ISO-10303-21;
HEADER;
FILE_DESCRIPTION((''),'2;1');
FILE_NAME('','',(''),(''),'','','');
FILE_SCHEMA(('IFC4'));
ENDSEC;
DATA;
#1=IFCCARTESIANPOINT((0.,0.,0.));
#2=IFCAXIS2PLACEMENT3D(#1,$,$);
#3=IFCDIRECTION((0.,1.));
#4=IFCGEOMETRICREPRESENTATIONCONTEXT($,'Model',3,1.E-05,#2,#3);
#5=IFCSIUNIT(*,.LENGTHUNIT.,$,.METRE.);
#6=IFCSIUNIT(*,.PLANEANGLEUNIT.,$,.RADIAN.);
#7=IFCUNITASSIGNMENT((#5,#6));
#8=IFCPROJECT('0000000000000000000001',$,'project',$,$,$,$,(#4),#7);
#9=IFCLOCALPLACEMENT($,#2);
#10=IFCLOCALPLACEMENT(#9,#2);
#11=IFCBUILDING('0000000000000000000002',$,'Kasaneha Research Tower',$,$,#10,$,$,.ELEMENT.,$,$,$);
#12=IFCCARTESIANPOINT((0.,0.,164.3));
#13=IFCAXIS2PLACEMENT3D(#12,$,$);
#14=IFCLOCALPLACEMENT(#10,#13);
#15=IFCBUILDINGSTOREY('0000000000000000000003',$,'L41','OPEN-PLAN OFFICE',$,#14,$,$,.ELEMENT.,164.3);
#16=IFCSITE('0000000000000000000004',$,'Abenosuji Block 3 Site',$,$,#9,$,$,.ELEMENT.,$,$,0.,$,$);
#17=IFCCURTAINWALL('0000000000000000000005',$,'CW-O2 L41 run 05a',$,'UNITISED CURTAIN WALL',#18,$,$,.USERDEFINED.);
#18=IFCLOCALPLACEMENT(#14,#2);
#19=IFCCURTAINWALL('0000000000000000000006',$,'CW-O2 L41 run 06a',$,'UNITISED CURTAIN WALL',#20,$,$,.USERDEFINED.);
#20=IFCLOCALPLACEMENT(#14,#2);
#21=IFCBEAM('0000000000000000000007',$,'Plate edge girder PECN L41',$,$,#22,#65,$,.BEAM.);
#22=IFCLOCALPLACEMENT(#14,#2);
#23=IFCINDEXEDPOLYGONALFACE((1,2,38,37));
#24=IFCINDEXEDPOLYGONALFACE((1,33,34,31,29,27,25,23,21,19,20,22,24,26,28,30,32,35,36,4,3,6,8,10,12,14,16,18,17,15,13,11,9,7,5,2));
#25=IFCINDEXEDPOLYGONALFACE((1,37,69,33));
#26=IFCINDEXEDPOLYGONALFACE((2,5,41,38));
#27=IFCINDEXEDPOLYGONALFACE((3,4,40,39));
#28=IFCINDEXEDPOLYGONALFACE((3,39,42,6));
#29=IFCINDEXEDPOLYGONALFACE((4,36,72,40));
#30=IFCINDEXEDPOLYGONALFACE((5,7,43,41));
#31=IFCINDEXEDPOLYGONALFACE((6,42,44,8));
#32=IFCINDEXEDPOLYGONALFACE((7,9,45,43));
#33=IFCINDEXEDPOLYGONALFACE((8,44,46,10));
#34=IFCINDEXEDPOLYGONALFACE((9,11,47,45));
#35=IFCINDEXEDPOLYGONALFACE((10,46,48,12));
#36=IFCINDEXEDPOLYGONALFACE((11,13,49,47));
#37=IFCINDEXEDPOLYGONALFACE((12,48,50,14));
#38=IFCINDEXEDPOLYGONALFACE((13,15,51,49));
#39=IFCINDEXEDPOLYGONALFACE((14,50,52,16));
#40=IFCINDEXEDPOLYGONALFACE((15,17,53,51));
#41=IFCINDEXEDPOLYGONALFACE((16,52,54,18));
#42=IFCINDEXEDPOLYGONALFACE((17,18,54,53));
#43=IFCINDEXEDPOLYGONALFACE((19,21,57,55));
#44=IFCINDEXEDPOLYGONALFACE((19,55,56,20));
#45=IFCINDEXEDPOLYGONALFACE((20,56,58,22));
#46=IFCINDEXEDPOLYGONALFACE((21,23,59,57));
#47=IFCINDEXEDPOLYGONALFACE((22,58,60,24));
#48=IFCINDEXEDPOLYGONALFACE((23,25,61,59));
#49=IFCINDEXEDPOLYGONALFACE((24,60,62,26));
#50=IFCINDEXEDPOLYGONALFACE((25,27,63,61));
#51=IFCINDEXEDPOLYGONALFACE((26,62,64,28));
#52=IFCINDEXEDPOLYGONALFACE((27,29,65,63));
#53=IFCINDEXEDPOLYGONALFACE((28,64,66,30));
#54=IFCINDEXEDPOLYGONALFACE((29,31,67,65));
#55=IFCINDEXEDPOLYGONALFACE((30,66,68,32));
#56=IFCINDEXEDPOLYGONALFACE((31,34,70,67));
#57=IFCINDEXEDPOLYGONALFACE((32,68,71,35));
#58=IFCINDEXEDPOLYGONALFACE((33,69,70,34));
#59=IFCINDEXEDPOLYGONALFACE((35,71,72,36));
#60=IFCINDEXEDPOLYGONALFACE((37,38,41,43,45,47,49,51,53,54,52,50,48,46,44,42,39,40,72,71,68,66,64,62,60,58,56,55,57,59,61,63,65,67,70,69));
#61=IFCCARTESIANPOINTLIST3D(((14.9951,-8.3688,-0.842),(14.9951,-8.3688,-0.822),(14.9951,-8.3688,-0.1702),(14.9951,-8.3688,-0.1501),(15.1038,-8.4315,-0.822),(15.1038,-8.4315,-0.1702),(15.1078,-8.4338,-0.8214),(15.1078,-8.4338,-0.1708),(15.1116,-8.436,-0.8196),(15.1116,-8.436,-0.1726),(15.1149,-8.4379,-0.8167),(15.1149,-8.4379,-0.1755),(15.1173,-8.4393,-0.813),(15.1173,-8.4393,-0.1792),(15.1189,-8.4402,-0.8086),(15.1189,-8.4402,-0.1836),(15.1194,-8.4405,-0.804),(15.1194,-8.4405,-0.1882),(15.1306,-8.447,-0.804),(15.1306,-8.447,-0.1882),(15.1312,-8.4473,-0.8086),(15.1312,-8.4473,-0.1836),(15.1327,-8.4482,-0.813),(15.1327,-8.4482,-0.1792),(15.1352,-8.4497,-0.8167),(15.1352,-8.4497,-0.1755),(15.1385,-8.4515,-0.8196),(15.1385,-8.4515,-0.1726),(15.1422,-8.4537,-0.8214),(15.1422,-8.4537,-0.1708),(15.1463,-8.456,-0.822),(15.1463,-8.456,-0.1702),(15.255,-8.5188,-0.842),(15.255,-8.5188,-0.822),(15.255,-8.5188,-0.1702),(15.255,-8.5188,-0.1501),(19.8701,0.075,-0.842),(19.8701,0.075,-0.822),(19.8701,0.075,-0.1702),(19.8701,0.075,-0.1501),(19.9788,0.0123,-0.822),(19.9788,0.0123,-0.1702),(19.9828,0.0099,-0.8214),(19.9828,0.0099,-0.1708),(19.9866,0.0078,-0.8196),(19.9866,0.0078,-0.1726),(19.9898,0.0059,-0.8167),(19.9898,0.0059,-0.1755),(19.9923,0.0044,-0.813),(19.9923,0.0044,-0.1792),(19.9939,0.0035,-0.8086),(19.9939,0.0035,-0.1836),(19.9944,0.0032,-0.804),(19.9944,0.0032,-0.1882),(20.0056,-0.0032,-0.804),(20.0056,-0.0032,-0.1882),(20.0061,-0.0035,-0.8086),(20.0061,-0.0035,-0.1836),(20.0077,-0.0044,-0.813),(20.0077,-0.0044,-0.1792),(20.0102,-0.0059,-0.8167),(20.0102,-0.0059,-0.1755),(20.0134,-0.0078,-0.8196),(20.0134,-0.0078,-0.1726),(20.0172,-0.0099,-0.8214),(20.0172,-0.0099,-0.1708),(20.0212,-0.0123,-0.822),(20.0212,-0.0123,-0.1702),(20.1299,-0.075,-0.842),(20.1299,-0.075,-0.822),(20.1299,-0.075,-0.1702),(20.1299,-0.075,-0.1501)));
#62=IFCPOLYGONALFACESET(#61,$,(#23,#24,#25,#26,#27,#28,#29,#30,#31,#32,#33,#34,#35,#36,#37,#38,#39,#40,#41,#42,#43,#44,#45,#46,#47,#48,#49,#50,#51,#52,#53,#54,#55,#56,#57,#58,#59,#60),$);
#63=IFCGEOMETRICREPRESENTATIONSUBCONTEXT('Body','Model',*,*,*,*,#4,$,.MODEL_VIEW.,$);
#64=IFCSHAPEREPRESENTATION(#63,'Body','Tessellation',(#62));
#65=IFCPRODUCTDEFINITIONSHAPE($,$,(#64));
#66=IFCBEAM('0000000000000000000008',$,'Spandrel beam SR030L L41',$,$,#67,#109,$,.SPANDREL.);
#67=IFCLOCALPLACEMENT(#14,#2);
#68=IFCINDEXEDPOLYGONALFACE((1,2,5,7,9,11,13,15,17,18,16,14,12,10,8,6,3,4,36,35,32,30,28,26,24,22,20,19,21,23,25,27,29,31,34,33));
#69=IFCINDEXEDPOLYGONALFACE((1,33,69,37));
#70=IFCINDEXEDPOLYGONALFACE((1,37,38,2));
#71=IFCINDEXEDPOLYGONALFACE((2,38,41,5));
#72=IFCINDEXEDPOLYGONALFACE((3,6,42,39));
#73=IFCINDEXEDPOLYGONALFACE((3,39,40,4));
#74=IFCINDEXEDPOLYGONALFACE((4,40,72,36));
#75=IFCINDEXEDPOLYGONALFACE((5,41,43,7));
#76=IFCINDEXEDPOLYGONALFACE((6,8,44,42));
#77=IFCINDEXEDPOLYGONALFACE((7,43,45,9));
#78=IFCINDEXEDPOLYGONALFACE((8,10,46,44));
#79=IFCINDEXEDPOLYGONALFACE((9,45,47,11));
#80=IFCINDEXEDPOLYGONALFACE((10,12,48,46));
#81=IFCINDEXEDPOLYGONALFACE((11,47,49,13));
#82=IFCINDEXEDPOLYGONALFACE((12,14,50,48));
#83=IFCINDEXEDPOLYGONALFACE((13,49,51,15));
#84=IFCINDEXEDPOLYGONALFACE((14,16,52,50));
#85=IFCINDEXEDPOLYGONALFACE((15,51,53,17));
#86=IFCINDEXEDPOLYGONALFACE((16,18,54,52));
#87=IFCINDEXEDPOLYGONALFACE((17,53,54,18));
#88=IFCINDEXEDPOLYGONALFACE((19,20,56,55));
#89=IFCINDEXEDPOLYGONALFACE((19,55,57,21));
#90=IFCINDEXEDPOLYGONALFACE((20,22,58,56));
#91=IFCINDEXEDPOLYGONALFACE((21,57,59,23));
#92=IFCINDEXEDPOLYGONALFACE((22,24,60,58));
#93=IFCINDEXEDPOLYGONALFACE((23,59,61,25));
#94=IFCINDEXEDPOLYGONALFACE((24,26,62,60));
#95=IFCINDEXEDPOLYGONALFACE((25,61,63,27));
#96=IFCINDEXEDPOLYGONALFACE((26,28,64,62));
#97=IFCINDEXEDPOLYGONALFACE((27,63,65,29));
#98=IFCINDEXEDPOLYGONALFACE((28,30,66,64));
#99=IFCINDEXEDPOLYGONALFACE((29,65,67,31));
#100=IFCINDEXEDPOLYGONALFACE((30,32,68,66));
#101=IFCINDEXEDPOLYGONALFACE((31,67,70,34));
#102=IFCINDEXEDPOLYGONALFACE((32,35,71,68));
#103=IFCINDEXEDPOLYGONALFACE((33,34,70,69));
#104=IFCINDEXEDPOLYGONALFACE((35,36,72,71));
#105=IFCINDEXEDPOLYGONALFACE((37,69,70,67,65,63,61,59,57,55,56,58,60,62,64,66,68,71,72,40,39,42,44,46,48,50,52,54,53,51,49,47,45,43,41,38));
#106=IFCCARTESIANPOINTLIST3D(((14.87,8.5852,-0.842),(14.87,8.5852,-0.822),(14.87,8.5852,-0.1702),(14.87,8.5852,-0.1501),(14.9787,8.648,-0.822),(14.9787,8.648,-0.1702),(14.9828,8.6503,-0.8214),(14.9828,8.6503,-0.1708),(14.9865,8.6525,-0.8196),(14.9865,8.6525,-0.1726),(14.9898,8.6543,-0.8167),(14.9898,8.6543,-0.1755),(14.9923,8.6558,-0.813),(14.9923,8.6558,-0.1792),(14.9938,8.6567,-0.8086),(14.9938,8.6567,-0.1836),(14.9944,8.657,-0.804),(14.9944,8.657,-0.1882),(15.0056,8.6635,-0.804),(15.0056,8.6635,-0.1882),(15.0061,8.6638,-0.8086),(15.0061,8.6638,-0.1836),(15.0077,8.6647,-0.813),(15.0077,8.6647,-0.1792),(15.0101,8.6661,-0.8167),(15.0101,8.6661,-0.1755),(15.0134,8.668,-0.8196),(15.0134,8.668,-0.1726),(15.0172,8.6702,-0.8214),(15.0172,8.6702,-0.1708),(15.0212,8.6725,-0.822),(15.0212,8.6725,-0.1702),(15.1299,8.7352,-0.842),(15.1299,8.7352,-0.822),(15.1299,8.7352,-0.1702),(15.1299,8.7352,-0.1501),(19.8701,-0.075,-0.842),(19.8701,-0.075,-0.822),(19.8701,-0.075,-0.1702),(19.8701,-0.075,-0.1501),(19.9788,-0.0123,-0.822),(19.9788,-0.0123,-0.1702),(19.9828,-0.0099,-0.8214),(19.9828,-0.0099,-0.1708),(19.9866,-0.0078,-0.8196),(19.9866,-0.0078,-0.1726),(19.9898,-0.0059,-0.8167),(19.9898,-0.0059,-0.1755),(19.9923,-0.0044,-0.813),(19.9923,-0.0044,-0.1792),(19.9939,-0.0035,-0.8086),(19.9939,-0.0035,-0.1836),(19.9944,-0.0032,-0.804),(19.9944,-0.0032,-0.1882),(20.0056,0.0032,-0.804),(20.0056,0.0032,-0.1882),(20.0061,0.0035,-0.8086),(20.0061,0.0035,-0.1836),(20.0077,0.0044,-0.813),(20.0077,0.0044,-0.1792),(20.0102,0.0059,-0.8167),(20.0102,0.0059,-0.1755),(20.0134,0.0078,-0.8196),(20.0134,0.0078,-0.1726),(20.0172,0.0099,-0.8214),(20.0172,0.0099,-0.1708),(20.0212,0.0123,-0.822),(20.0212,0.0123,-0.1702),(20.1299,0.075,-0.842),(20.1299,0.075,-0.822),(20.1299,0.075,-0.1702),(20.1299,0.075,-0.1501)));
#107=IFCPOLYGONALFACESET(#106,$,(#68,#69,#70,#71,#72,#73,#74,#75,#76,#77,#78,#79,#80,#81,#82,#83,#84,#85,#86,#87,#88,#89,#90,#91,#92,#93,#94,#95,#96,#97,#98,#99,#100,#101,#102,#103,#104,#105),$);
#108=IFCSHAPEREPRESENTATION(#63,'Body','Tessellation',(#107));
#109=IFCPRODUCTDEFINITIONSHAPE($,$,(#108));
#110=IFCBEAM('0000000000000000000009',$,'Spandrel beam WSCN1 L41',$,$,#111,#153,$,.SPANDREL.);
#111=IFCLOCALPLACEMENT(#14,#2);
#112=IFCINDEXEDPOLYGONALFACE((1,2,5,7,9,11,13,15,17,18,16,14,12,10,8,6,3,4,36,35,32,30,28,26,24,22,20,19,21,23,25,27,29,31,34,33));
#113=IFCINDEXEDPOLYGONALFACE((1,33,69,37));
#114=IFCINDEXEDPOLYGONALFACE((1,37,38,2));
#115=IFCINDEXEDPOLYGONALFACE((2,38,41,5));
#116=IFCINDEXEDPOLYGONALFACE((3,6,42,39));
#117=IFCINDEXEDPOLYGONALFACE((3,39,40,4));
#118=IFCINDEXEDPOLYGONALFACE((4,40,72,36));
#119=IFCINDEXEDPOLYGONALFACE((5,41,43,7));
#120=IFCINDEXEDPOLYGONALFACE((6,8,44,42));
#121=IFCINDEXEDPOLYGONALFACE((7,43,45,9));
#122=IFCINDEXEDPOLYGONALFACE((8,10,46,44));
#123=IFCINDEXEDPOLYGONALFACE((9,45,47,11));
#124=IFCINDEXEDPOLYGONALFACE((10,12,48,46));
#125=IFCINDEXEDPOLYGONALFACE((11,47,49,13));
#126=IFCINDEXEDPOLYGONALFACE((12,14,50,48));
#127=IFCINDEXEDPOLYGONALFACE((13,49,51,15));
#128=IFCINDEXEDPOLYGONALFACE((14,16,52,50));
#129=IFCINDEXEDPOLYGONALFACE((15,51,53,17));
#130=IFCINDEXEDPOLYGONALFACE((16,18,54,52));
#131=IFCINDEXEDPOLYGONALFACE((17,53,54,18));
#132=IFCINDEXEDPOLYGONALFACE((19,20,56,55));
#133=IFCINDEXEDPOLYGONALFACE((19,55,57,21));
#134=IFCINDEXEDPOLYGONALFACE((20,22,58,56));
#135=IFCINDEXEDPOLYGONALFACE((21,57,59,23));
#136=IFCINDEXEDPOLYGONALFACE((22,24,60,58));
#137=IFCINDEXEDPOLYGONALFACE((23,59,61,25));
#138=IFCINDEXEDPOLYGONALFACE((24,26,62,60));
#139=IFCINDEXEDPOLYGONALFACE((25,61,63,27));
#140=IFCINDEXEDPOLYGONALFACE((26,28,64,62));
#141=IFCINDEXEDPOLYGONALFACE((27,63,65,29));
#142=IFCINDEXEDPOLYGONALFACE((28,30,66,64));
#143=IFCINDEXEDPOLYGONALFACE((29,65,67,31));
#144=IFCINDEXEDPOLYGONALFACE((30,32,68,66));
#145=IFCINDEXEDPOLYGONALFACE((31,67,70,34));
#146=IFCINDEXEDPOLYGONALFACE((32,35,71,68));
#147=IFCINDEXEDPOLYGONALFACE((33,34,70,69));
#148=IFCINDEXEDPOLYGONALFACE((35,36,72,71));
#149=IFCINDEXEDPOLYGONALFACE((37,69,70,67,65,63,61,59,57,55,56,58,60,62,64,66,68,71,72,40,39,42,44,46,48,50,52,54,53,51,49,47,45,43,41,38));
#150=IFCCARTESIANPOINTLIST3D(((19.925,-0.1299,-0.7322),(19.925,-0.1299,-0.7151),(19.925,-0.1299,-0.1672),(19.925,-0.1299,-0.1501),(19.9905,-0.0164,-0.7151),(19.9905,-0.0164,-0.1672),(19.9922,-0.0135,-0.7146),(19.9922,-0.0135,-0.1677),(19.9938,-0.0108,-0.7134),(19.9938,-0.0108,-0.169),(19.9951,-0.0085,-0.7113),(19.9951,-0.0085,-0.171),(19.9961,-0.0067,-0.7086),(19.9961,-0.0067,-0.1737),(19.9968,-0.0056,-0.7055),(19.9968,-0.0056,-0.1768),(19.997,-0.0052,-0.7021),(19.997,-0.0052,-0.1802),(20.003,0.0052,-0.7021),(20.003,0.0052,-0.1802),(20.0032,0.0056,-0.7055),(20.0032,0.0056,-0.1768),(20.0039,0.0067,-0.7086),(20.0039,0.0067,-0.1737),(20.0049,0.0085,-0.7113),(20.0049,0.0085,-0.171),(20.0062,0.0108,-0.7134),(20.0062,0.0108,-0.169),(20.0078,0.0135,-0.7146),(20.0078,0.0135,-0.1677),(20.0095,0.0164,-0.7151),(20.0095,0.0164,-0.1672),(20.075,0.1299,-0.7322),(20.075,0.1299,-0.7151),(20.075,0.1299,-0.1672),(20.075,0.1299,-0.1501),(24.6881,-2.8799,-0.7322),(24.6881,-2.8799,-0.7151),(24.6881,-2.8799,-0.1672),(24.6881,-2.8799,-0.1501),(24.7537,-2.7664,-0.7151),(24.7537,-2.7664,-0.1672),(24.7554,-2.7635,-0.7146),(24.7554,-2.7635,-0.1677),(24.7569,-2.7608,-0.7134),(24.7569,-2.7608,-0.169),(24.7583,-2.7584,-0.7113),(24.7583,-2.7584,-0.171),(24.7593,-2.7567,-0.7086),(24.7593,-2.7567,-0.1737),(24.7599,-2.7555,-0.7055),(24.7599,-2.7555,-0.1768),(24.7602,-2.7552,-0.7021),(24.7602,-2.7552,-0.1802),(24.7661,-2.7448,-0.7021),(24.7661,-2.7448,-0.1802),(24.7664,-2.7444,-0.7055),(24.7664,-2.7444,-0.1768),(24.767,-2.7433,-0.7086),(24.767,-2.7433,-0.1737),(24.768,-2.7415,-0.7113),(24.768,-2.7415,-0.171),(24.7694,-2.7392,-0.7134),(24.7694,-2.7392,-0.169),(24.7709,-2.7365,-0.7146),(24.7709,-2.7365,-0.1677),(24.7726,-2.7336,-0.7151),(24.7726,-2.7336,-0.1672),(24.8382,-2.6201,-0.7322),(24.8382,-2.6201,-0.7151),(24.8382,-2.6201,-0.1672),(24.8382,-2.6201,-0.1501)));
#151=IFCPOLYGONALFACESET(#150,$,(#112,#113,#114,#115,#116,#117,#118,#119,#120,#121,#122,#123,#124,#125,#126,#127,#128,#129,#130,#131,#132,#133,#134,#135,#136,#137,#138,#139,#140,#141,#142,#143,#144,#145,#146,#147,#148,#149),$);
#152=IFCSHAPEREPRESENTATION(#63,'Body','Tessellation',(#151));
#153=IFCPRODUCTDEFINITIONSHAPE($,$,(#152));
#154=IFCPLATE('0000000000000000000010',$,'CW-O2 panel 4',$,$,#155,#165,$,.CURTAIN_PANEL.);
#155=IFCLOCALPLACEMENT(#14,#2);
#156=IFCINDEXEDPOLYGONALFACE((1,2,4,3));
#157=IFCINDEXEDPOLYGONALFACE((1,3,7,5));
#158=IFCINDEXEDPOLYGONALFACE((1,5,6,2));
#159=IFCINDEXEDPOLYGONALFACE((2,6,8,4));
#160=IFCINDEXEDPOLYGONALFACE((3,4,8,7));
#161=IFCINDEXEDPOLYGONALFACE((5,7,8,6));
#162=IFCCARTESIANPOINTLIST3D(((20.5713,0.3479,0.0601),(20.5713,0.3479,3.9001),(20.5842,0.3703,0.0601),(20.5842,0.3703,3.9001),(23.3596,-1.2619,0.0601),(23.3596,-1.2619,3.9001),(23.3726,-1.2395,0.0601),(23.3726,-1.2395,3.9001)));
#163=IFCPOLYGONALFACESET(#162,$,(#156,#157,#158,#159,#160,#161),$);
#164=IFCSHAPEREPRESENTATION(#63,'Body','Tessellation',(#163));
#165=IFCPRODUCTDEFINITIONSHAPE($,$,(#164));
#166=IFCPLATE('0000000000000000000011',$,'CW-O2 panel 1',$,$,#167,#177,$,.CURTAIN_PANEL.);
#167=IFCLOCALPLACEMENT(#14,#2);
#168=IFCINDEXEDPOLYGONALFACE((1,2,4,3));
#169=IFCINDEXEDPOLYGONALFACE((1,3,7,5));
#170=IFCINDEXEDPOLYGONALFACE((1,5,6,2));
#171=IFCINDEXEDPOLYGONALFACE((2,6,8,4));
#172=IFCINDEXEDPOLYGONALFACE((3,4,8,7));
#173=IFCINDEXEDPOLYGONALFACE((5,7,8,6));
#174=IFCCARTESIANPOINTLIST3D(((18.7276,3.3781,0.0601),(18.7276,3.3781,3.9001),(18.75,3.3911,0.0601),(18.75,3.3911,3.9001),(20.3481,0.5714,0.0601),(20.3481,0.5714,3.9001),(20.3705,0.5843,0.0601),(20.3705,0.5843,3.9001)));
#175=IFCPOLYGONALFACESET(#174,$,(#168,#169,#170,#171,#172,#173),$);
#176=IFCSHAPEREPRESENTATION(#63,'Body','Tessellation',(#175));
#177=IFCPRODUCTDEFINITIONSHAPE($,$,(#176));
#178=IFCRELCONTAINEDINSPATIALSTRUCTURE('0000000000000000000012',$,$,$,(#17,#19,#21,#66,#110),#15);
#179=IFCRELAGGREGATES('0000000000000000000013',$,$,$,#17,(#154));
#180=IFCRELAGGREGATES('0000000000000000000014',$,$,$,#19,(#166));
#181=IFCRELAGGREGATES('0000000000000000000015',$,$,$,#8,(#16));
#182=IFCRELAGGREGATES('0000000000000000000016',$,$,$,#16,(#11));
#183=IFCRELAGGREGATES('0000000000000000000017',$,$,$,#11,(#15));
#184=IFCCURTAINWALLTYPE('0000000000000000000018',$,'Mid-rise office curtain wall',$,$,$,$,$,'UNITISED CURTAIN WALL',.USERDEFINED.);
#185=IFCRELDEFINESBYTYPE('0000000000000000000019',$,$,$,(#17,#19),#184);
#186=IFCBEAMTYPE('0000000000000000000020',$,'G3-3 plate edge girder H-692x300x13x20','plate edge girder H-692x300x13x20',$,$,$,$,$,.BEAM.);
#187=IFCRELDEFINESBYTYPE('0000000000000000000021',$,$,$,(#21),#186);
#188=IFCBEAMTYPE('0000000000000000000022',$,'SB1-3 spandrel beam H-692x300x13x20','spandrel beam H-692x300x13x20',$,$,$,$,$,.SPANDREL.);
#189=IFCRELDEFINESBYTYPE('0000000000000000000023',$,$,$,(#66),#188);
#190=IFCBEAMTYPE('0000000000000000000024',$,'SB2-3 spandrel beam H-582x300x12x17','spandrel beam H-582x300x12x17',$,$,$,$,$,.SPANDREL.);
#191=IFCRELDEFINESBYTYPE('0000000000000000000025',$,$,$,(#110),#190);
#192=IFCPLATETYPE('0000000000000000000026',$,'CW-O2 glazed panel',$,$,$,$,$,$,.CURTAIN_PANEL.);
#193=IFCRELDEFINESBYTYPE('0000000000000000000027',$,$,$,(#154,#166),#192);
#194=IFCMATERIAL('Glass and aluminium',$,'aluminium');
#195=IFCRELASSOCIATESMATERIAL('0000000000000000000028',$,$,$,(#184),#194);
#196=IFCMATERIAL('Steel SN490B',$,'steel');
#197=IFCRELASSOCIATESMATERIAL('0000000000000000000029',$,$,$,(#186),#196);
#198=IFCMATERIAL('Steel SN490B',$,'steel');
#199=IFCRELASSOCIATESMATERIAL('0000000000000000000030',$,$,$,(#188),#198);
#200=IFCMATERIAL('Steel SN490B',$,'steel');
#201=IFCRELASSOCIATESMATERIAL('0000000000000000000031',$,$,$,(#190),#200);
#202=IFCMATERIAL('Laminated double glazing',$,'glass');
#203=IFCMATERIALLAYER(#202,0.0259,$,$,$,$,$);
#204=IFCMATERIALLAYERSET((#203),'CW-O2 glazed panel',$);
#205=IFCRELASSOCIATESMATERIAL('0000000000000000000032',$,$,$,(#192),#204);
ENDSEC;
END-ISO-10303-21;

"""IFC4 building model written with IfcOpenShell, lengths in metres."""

from ifc_helpers import new_model, si_unit, direction, frame, origin, origin_2d, place, context, subcontext, project, spatial, rectangle, i_section, extrude, material, layer, layer_set, material_profile, profile_set, type_object, element, aggregate, save


model = new_model("IFC4")

# Units and contexts
model_context = context("Model", 3, precision=1e-05, world=origin(), true_north=direction((0.0, 1.0)))
body_context = subcontext(model_context, "Body", "Model", "MODEL_VIEW")
ifc_project = project(units=[si_unit("LENGTHUNIT", "METRE"), si_unit("PLANEANGLEUNIT", "RADIAN")], contexts=[model_context])

# Site, building, storey
site_placement = place(None, origin())
site = spatial("IfcSite", under=ifc_project, at=site_placement, Name="Abenosuji Block 3 Site", CompositionType="ELEMENT", RefElevation=0.0)
building_placement = place(site_placement, origin())
building = spatial("IfcBuilding", under=site, at=building_placement, Name="Kasaneha Research Tower", CompositionType="ELEMENT")
storey_placement = place(building_placement, frame((0.0, 0.0, 164.3)))
storey = spatial("IfcBuildingStorey", under=building, at=storey_placement, Name="L41", Description="OPEN-PLAN OFFICE", CompositionType="ELEMENT", Elevation=164.3)

# Curtain walls
ifc_material_1 = material(Name="Glass and aluminium", Category="aluminium")
curtain_wall_type = type_object("IfcCurtainWallType", Name="Mid-rise office curtain wall", ElementType="UNITISED CURTAIN WALL", PredefinedType="USERDEFINED", material=ifc_material_1)
curtain_wall_1_placement = place(storey_placement, origin())
curtain_wall_1 = element("IfcCurtainWall", 1, at=curtain_wall_1_placement, inside=storey, type_object=curtain_wall_type, Name="CW-O2 L41 run 05a", ObjectType="UNITISED CURTAIN WALL", PredefinedType="USERDEFINED")
curtain_wall_2_placement = place(storey_placement, origin())
curtain_wall_2 = element("IfcCurtainWall", 2, at=curtain_wall_2_placement, inside=storey, type_object=curtain_wall_type, Name="CW-O2 L41 run 06a", ObjectType="UNITISED CURTAIN WALL", PredefinedType="USERDEFINED")

# Beams
ifc_material_2 = material(Name="Steel SN490B", Category="steel")
ifc_material_profile_1 = material_profile(ifc_material_2, i_section(OverallWidth=0.3, OverallDepth=0.6919, WebThickness=0.0129, FlangeThickness=0.02, FilletRadius=0.0181, at=origin_2d()), Name="H-692x300x13x20")
ifc_profile_set_1 = profile_set([ifc_material_profile_1], Name="Steel SN490B")
beam_type_1 = type_object("IfcBeamType", Name="G3-3 plate edge girder H-692x300x13x20", Description="plate edge girder H-692x300x13x20", PredefinedType="BEAM", material=ifc_profile_set_1)
beam_1_placement = place(storey_placement, frame((20.0, 0.0, -0.4961), z_axis=(-0.499996, -0.866028, 0.0), x_axis=(0.866028, -0.499996, 0.0)))
element("IfcBeam", 3, at=beam_1_placement, inside=storey, type_object=beam_type_1, Name="Plate edge girder PECN L41", PredefinedType="BEAM", context=body_context, shape_type="SweptSolid", body=[
    extrude(i_section(OverallWidth=0.3, OverallDepth=0.6919, WebThickness=0.0129, FlangeThickness=0.02, FilletRadius=0.0181, at=origin_2d()), origin(), (0.0, 0.0, 1.0), 9.75),
])
ifc_material_3 = material(Name="Steel SN490B", Category="steel")
ifc_material_profile_2 = material_profile(ifc_material_3, i_section(OverallWidth=0.3, OverallDepth=0.6919, WebThickness=0.0129, FlangeThickness=0.02, FilletRadius=0.0181, at=origin_2d()), Name="H-692x300x13x20")
ifc_profile_set_2 = profile_set([ifc_material_profile_2], Name="Steel SN490B")
beam_type_2 = type_object("IfcBeamType", Name="SB1-3 spandrel beam H-692x300x13x20", Description="spandrel beam H-692x300x13x20", PredefinedType="SPANDREL", material=ifc_profile_set_2)
beam_2_placement = place(storey_placement, frame((20.0, 0.0, -0.4961), z_axis=(-0.500004, 0.866023, 0.0), x_axis=(-0.866023, -0.500004, 0.0)))
element("IfcBeam", 4, at=beam_2_placement, inside=storey, type_object=beam_type_2, Name="Spandrel beam SR030L L41", PredefinedType="SPANDREL", context=body_context, shape_type="SweptSolid", body=[
    extrude(i_section(OverallWidth=0.3, OverallDepth=0.6919, WebThickness=0.0129, FlangeThickness=0.02, FilletRadius=0.0181, at=origin_2d()), origin(), (0.0, 0.0, 1.0), 10.0),
])
ifc_material_4 = material(Name="Steel SN490B", Category="steel")
ifc_material_profile_3 = material_profile(ifc_material_4, i_section(OverallWidth=0.3, OverallDepth=0.582, WebThickness=0.012, FlangeThickness=0.0171, FilletRadius=0.0129, at=origin_2d()), Name="H-582x300x12x17")
ifc_profile_set_3 = profile_set([ifc_material_profile_3], Name="Steel SN490B")
beam_type_3 = type_object("IfcBeamType", Name="SB2-3 spandrel beam H-582x300x12x17", Description="spandrel beam H-582x300x12x17", PredefinedType="SPANDREL", material=ifc_profile_set_3)
beam_3_placement = place(storey_placement, frame((20.0, 0.0, -0.4412), z_axis=(0.866027, -0.499997, 0.0), x_axis=(0.499997, 0.866027, 0.0)))
element("IfcBeam", 5, at=beam_3_placement, inside=storey, type_object=beam_type_3, Name="Spandrel beam WSCN1 L41", PredefinedType="SPANDREL", context=body_context, shape_type="SweptSolid", body=[
    extrude(i_section(OverallWidth=0.3, OverallDepth=0.582, WebThickness=0.012, FlangeThickness=0.0171, FilletRadius=0.0129, at=origin_2d()), origin(), (0.0, 0.0, 1.0), 5.5),
])

# Plates
ifc_material_5 = material(Name="Laminated double glazing", Category="glass")
ifc_layer = layer(ifc_material_5, 0.0259)
ifc_layer_set = layer_set([ifc_layer], Name="CW-O2 glazed panel")
plate_type = type_object("IfcPlateType", Name="CW-O2 glazed panel", PredefinedType="CURTAIN_PANEL", material=ifc_layer_set)
plate_1_placement = place(storey_placement, frame((21.9719, -0.4458, 0.0601), z_axis=(0.0, 0.0, 1.0), x_axis=(-0.866025, 0.5, 0.0)))
plate_1 = element("IfcPlate", 6, at=plate_1_placement, type_object=plate_type, Name="CW-O2 panel 4", PredefinedType="CURTAIN_PANEL", context=body_context, shape_type="SweptSolid", body=[
    extrude(rectangle(XDim=3.2197, YDim=0.0259, at=origin_2d()), origin(), (0.0, 0.0, 1.0), 3.8401),
])
aggregate(curtain_wall_1, [plate_1])
plate_2_placement = place(storey_placement, frame((19.5491, 1.9812, 0.0601), z_axis=(0.0, 0.0, 1.0), x_axis=(-0.5, 0.866025, 0.0)))
plate_2 = element("IfcPlate", 7, at=plate_2_placement, type_object=plate_type, Name="CW-O2 panel 1", PredefinedType="CURTAIN_PANEL", context=body_context, shape_type="SweptSolid", body=[
    extrude(rectangle(XDim=3.241, YDim=0.0259, at=origin_2d()), origin(), (0.0, 0.0, 1.0), 3.8401),
])
aggregate(curtain_wall_2, [plate_2])

save(model, "model.ifc")
